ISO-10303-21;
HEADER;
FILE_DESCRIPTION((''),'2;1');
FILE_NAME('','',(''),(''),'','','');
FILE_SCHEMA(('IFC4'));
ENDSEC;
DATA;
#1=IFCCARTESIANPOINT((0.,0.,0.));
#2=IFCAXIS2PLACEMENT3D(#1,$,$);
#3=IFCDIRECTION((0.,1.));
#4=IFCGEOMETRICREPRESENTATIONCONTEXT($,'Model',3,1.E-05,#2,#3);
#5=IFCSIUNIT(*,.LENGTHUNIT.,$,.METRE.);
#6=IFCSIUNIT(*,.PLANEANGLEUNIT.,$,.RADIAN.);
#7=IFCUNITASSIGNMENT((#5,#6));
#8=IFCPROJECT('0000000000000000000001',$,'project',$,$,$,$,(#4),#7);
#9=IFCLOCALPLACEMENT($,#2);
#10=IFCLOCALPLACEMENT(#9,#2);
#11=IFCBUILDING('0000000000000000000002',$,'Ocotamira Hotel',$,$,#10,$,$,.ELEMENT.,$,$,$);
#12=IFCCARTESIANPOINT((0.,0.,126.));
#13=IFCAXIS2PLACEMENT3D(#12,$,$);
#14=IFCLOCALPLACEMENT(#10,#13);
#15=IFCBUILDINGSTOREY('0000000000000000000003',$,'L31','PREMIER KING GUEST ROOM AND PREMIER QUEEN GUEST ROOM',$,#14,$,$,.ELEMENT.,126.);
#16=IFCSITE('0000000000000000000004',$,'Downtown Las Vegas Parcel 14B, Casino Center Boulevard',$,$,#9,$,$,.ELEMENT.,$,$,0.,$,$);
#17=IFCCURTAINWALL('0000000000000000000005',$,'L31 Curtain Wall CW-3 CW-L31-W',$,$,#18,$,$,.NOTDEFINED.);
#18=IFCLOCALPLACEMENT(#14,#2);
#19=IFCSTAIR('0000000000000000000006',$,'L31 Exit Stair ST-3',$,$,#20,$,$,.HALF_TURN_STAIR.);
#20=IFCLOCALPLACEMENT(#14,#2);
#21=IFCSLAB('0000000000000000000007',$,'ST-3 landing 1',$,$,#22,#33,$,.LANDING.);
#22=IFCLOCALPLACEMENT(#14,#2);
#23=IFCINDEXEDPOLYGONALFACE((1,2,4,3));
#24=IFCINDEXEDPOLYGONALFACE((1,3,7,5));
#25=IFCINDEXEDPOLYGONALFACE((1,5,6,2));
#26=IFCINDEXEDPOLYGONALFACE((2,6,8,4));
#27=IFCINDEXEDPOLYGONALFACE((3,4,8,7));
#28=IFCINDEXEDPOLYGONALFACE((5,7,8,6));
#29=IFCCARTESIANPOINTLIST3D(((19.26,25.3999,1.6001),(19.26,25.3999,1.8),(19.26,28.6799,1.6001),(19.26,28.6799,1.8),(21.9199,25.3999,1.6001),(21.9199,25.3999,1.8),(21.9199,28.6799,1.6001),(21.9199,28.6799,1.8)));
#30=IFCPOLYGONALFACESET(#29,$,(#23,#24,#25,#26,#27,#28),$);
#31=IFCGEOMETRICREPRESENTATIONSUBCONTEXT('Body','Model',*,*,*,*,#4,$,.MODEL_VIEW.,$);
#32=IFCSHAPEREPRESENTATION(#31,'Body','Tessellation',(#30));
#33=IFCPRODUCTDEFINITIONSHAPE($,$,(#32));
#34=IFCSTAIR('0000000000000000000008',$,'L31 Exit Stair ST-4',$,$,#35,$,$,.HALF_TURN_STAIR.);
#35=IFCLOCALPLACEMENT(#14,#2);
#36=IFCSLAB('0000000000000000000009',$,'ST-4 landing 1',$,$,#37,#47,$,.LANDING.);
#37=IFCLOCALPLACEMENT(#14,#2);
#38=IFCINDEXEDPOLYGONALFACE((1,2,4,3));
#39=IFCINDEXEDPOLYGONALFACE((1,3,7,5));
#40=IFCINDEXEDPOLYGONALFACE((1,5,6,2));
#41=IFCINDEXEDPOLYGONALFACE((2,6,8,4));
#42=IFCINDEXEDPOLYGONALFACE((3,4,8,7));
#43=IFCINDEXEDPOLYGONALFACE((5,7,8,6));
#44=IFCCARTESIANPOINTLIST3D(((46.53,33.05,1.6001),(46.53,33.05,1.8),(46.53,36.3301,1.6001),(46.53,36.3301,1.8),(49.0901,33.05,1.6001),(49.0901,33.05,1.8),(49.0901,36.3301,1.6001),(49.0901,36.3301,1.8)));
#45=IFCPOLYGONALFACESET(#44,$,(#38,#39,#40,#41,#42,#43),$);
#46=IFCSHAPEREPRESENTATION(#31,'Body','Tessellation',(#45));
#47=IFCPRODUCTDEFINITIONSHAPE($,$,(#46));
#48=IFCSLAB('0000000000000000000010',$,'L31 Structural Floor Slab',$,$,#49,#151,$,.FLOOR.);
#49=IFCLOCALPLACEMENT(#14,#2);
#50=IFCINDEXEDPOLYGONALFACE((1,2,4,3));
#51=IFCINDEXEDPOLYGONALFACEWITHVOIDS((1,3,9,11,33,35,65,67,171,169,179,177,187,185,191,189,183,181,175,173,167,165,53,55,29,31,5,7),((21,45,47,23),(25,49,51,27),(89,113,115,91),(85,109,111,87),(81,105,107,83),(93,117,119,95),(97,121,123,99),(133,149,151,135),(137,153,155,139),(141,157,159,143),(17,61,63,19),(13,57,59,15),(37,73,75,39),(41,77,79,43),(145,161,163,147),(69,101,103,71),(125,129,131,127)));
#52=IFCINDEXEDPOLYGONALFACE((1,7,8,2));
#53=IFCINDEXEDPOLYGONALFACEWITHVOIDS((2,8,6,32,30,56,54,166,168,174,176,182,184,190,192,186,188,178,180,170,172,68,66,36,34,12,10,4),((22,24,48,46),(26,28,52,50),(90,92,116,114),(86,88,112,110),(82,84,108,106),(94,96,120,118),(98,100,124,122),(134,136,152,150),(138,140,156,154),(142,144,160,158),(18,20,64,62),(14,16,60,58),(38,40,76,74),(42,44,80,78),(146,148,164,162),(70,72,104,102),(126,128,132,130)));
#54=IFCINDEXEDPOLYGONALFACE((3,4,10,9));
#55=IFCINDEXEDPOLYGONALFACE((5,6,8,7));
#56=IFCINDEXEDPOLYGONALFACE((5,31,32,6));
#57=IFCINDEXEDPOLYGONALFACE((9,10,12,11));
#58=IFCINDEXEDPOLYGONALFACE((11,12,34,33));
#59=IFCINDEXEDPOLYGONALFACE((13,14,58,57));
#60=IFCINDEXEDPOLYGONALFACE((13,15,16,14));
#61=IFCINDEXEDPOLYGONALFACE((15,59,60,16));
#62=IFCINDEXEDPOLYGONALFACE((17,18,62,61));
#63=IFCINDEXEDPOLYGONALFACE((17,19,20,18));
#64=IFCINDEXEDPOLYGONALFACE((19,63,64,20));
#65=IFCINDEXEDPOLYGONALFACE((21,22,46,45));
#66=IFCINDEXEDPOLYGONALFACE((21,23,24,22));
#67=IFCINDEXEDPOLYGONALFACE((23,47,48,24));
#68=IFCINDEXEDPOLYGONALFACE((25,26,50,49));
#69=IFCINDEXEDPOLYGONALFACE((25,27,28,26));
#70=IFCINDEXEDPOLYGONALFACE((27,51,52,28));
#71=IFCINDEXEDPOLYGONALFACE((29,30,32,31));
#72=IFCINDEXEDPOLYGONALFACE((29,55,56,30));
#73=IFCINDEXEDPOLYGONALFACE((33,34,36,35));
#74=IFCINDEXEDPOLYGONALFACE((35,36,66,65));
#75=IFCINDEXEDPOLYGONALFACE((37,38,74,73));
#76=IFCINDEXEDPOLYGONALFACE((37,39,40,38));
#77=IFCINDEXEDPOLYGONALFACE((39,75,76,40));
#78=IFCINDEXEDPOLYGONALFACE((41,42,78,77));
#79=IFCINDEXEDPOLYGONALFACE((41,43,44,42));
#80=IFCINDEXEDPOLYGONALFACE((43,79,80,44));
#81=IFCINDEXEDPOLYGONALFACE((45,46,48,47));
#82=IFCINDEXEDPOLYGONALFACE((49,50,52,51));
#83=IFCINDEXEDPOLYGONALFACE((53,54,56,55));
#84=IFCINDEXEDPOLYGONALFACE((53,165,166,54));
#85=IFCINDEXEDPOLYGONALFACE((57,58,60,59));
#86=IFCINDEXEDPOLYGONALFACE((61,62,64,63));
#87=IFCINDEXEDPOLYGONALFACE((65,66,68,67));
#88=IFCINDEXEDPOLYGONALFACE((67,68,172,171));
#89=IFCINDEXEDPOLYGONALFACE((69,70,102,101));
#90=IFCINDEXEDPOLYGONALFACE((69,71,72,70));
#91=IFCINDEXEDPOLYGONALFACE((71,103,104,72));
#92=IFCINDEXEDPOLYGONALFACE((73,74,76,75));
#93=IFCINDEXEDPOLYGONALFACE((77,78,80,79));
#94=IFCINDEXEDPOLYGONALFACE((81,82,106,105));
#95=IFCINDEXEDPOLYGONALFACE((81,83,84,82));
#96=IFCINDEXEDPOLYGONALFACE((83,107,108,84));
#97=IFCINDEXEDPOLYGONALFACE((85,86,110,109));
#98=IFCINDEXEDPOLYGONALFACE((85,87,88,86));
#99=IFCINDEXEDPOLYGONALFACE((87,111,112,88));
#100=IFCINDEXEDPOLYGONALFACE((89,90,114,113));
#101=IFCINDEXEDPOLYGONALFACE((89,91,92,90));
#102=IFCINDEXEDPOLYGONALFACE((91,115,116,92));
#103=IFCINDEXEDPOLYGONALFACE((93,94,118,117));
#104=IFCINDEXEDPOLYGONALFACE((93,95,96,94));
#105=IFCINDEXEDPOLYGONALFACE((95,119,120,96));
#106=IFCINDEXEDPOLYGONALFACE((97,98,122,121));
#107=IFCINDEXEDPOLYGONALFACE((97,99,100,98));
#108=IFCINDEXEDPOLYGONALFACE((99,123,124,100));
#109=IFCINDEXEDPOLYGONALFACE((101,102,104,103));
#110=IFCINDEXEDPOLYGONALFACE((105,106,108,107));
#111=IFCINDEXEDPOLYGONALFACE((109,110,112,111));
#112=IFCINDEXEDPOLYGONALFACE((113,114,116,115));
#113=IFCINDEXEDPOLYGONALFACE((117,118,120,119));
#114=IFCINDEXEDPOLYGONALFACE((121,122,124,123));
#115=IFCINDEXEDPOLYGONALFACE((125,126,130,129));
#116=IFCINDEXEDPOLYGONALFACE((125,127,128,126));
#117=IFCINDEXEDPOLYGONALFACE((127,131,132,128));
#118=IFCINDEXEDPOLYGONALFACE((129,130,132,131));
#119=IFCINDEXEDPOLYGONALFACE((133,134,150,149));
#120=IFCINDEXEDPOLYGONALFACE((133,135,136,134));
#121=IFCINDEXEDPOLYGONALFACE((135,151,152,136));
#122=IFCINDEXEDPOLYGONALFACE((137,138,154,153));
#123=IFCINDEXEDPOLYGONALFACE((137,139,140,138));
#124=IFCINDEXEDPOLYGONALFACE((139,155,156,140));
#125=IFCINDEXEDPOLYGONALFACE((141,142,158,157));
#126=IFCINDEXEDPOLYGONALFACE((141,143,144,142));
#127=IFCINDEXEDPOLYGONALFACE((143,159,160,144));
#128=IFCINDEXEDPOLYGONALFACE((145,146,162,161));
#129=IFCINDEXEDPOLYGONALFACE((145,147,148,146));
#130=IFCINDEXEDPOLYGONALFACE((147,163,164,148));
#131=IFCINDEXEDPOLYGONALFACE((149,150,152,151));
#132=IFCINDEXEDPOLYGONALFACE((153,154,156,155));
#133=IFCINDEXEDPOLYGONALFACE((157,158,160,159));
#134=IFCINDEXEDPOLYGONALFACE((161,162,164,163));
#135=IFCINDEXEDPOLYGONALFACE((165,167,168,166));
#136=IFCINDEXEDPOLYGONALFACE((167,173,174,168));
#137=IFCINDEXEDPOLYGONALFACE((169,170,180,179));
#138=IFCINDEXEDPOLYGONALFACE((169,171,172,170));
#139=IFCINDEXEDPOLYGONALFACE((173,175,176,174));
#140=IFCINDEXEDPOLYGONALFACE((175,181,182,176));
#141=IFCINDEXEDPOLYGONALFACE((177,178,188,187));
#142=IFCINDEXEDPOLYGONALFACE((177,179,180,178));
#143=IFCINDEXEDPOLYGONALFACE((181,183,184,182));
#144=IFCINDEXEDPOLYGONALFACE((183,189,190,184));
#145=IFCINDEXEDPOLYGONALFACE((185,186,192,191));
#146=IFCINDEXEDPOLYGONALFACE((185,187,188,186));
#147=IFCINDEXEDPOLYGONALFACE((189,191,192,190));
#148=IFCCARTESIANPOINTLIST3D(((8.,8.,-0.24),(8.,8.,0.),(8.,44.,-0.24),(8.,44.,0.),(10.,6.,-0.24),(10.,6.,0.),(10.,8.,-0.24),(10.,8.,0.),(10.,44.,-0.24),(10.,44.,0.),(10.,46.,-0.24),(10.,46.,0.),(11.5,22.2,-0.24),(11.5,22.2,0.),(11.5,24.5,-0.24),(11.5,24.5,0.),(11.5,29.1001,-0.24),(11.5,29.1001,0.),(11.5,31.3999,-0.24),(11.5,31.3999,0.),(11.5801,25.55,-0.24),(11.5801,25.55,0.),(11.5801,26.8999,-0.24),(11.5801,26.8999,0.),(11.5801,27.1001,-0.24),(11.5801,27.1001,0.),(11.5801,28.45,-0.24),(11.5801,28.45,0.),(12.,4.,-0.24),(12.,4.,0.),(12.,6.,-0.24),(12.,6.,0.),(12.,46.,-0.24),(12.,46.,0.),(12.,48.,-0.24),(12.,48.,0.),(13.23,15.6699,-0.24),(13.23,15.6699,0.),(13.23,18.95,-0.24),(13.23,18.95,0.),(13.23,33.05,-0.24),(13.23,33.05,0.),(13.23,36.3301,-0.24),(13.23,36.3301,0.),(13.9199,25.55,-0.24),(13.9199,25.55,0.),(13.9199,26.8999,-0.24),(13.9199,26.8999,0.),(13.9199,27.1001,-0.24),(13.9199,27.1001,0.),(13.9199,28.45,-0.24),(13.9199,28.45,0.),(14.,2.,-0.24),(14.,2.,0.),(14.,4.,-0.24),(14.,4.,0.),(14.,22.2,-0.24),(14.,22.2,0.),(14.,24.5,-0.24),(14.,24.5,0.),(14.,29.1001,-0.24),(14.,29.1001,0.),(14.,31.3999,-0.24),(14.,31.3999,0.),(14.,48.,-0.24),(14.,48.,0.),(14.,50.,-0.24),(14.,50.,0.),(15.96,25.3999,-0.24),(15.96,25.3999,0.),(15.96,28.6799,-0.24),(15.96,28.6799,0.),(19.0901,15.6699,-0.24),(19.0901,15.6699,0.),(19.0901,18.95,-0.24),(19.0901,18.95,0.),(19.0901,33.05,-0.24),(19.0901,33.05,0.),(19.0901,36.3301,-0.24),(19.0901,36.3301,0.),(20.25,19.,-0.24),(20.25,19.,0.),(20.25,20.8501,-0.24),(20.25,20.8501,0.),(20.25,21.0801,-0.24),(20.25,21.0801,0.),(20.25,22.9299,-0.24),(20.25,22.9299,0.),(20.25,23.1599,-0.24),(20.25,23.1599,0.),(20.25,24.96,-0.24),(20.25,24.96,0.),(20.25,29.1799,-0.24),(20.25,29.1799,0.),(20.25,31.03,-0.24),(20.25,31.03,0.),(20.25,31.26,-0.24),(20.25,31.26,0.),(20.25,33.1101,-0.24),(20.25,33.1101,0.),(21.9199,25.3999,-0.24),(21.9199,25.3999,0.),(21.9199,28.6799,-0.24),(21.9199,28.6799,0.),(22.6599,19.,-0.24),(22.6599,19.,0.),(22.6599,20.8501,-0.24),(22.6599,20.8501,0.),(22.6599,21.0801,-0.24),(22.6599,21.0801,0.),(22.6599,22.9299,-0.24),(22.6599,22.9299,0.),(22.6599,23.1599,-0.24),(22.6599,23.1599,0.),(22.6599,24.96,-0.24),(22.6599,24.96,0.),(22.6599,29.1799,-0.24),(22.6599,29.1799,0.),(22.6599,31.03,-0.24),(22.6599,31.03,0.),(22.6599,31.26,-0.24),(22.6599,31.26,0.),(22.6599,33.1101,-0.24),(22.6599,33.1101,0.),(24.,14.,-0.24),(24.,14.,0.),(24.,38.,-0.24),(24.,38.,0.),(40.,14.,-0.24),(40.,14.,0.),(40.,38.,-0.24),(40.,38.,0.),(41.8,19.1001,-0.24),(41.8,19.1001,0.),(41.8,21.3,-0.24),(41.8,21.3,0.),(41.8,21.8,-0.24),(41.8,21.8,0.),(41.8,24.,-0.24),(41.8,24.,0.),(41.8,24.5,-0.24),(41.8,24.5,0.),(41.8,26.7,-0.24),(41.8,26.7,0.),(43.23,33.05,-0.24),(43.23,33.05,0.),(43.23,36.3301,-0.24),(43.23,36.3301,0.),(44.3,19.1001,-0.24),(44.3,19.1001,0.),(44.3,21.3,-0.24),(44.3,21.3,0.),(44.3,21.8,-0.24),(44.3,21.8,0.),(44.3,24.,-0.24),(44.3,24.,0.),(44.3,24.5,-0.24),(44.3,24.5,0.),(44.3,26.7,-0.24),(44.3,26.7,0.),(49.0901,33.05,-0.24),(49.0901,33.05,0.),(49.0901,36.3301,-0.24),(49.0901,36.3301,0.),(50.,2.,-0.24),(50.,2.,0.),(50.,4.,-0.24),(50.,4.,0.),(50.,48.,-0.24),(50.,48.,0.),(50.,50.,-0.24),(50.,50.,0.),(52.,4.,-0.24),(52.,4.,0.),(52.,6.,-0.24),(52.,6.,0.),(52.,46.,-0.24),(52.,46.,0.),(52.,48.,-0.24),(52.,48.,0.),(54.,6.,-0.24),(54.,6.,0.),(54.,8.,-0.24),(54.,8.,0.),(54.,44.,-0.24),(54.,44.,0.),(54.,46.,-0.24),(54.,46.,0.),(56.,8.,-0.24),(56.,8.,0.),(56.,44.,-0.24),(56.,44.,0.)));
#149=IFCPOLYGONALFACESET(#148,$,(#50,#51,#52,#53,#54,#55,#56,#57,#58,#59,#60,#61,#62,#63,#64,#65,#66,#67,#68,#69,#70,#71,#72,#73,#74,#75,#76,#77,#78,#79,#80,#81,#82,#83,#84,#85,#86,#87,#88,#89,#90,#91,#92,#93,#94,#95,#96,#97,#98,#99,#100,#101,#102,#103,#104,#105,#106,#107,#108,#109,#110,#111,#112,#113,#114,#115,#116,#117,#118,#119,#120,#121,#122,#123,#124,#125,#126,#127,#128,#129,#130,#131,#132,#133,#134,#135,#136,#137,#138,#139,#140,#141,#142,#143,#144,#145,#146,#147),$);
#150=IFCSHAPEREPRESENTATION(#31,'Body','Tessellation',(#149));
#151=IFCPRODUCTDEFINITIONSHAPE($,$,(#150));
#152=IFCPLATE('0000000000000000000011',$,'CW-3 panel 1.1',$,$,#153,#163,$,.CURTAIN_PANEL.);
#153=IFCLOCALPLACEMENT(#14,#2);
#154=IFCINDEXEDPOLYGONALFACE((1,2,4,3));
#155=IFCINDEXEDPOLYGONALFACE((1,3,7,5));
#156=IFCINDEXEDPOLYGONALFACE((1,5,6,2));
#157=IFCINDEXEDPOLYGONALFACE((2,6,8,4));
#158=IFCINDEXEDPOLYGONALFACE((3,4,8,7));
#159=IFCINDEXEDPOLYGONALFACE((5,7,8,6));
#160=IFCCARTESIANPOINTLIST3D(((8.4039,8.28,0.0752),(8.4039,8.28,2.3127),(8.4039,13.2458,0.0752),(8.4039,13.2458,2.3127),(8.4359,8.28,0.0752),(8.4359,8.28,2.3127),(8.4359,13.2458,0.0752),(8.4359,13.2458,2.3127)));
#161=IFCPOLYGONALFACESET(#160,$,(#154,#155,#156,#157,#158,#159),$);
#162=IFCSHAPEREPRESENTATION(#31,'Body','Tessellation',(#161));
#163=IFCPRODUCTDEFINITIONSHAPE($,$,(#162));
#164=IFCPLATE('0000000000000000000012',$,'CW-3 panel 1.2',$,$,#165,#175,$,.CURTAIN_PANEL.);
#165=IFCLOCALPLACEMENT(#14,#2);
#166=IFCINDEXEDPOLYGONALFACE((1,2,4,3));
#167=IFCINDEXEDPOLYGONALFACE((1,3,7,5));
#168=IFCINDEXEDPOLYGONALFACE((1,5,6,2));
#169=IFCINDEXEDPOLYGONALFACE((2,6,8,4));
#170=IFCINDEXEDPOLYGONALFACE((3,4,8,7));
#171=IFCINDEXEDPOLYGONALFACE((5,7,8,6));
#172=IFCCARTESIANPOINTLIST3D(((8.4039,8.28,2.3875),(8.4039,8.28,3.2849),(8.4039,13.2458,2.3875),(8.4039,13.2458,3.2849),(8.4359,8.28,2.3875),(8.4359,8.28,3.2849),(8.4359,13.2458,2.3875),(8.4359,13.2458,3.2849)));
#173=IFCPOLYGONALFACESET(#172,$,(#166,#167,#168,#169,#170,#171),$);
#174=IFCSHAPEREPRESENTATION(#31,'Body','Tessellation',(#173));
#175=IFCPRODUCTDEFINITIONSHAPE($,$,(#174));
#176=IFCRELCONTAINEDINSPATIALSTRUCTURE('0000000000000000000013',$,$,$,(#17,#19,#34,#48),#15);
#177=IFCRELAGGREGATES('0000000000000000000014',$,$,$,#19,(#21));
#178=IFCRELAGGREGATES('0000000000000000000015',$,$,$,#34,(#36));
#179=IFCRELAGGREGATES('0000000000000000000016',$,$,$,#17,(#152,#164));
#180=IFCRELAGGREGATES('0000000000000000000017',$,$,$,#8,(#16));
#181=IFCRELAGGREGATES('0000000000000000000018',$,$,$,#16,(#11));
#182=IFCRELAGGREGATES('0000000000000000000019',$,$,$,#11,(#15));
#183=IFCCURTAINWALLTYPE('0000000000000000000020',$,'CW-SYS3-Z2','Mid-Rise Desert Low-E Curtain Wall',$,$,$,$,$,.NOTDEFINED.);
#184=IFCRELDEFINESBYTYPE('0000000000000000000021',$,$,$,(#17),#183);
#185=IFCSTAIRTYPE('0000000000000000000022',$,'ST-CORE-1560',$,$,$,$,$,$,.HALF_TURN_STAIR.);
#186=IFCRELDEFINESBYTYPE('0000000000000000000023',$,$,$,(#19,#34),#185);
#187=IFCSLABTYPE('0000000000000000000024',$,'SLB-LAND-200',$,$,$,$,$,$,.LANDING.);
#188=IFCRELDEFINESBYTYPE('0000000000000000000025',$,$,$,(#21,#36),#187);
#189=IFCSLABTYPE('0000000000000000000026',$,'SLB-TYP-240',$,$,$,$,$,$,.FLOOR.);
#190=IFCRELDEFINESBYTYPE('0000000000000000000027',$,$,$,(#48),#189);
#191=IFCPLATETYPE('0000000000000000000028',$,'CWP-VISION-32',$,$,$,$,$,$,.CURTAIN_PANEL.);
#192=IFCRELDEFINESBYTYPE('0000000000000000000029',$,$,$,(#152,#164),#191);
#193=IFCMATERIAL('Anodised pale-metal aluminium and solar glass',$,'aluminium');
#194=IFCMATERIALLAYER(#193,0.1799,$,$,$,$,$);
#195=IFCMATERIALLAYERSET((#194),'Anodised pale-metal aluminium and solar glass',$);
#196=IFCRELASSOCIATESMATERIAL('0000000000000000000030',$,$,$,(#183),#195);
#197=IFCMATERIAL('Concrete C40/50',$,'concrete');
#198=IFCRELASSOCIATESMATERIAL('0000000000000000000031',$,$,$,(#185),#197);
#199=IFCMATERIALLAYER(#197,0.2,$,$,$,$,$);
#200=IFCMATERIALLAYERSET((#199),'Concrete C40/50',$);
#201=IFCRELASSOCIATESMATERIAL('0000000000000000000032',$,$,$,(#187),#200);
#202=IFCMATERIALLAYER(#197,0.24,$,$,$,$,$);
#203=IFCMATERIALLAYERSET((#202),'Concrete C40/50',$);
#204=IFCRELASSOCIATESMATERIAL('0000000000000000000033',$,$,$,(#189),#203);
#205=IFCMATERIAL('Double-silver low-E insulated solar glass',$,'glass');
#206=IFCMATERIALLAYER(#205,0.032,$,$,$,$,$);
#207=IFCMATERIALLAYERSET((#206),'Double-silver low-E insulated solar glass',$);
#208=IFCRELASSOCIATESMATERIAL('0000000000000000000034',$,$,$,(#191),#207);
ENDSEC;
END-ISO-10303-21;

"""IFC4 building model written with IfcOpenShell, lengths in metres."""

from ifc_helpers import new_model, si_unit, direction, frame, origin, origin_2d, place, context, subcontext, project, spatial, polyline, rectangle, outline, extrude, source, transform, mapped, material, layer, layer_set, type_object, element, aggregate, save


model = new_model("IFC4")

# Units and contexts
model_context = context("Model", 3, precision=1e-05, world=origin(), true_north=direction((0.0, 1.0)))
body_context = subcontext(model_context, "Body", "Model", "MODEL_VIEW")
ifc_project = project(units=[si_unit("LENGTHUNIT", "METRE"), si_unit("PLANEANGLEUNIT", "RADIAN")], contexts=[model_context])

# Site, building, storey
site_placement = place(None, origin())
site = spatial("IfcSite", under=ifc_project, at=site_placement, Name="Downtown Las Vegas Parcel 14B, Casino Center Boulevard", CompositionType="ELEMENT", RefElevation=0.0)
building_placement = place(site_placement, origin())
building = spatial("IfcBuilding", under=site, at=building_placement, Name="Ocotamira Hotel", CompositionType="ELEMENT")
storey_placement = place(building_placement, frame((0.0, 0.0, 126.0)))
storey = spatial("IfcBuildingStorey", under=building, at=storey_placement, Name="L31", Description="PREMIER KING GUEST ROOM AND PREMIER QUEEN GUEST ROOM", CompositionType="ELEMENT", Elevation=126.0)

# Curtain wall
ifc_material_1 = material(Name="Anodised pale-metal aluminium and solar glass", Category="aluminium")
ifc_layer_1 = layer(ifc_material_1, 0.1799)
ifc_layer_set_1 = layer_set([ifc_layer_1], Name="Anodised pale-metal aluminium and solar glass")
curtain_wall_type = type_object("IfcCurtainWallType", Name="CW-SYS3-Z2", Description="Mid-Rise Desert Low-E Curtain Wall", PredefinedType="NOTDEFINED", material=ifc_layer_set_1)
curtain_wall_placement = place(storey_placement, origin())
curtain_wall = element("IfcCurtainWall", 1, at=curtain_wall_placement, inside=storey, type_object=curtain_wall_type, Name="L31 Curtain Wall CW-3 CW-L31-W", PredefinedType="NOTDEFINED")

# Stairs, slabs
ifc_material_2 = material(Name="Concrete C40/50", Category="concrete")
stair_type = type_object("IfcStairType", Name="ST-CORE-1560", PredefinedType="HALF_TURN_STAIR", material=ifc_material_2)
ifc_layer_2 = layer(ifc_material_2, 0.2)
ifc_layer_set_2 = layer_set([ifc_layer_2], Name="Concrete C40/50")
slab_type_1 = type_object("IfcSlabType", Name="SLB-LAND-200", PredefinedType="LANDING", material=ifc_layer_set_2)
stair_1_placement = place(storey_placement, origin())
stair_1 = element("IfcStair", 2, at=stair_1_placement, inside=storey, type_object=stair_type, Name="L31 Exit Stair ST-3", PredefinedType="HALF_TURN_STAIR")
slab_1_placement = place(storey_placement, frame((0.0, 0.0, 1.6001)))
slab_1 = element("IfcSlab", 3, at=slab_1_placement, type_object=slab_type_1, Name="ST-3 landing 1", PredefinedType="LANDING", context=body_context, shape_type="SweptSolid", body=[
    extrude(outline(polyline([(19.26, 25.3999), (21.9199, 25.3999), (21.9199, 28.6799), (19.26, 28.6799), (19.26, 25.3999)])), origin(), (0.0, 0.0, 1.0), 0.2),
])
aggregate(stair_1, [slab_1])
stair_2_placement = place(storey_placement, origin())
stair_2 = element("IfcStair", 4, at=stair_2_placement, inside=storey, type_object=stair_type, Name="L31 Exit Stair ST-4", PredefinedType="HALF_TURN_STAIR")
slab_2_placement = place(storey_placement, frame((0.0, 0.0, 1.6001)))
slab_2 = element("IfcSlab", 5, at=slab_2_placement, type_object=slab_type_1, Name="ST-4 landing 1", PredefinedType="LANDING", context=body_context, shape_type="SweptSolid", body=[
    extrude(outline(polyline([(46.53, 33.05), (49.0901, 33.05), (49.0901, 36.3301), (46.53, 36.3301), (46.53, 33.05)])), origin(), (0.0, 0.0, 1.0), 0.2),
])
aggregate(stair_2, [slab_2])

# Slab
ifc_layer_3 = layer(ifc_material_2, 0.24)
ifc_layer_set_3 = layer_set([ifc_layer_3], Name="Concrete C40/50")
slab_type_2 = type_object("IfcSlabType", Name="SLB-TYP-240", PredefinedType="FLOOR", material=ifc_layer_set_3)
slab_3_placement = place(storey_placement, frame((0.0, 0.0, -0.24)))
element("IfcSlab", 6, at=slab_3_placement, inside=storey, type_object=slab_type_2, Name="L31 Structural Floor Slab", PredefinedType="FLOOR", context=body_context, shape_type="SweptSolid", body=[
    extrude(outline(polyline([(14.0, 2.0), (50.0, 2.0), (50.0, 4.0), (52.0, 4.0), (52.0, 6.0), (54.0, 6.0), (54.0, 8.0), (56.0, 8.0), (56.0, 44.0), (54.0, 44.0), (54.0, 46.0), (52.0, 46.0), (52.0, 48.0), (50.0, 48.0), (50.0, 50.0), (14.0, 50.0), (14.0, 48.0), (12.0, 48.0), (12.0, 46.0), (10.0, 46.0), (10.0, 44.0), (8.0, 44.0), (8.0, 8.0), (10.0, 8.0), (10.0, 6.0), (12.0, 6.0), (12.0, 4.0), (14.0, 4.0), (14.0, 2.0)]), holes=[polyline([(24.0, 14.0), (40.0, 14.0), (40.0, 38.0), (24.0, 38.0), (24.0, 14.0)]), polyline([(13.23, 15.6699), (19.0901, 15.6699), (19.0901, 18.95), (13.23, 18.95), (13.23, 15.6699)]), polyline([(13.23, 33.05), (19.0901, 33.05), (19.0901, 36.3301), (13.23, 36.3301), (13.23, 33.05)]), polyline([(15.96, 25.3999), (21.9199, 25.3999), (21.9199, 28.6799), (15.96, 28.6799), (15.96, 25.3999)]), polyline([(43.23, 33.05), (49.0901, 33.05), (49.0901, 36.3301), (43.23, 36.3301), (43.23, 33.05)]), polyline([(41.8, 19.1001), (44.3, 19.1001), (44.3, 21.3), (41.8, 21.3), (41.8, 19.1001)]), polyline([(41.8, 21.8), (44.3, 21.8), (44.3, 24.0), (41.8, 24.0), (41.8, 21.8)]), polyline([(41.8, 24.5), (44.3, 24.5), (44.3, 26.7), (41.8, 26.7), (41.8, 24.5)]), polyline([(20.25, 19.0), (22.6599, 19.0), (22.6599, 20.8501), (20.25, 20.8501), (20.25, 19.0)]), polyline([(20.25, 21.0801), (22.6599, 21.0801), (22.6599, 22.9299), (20.25, 22.9299), (20.25, 21.0801)]), polyline([(20.25, 23.1599), (22.6599, 23.1599), (22.6599, 24.96), (20.25, 24.96), (20.25, 23.1599)]), polyline([(20.25, 29.1799), (22.6599, 29.1799), (22.6599, 31.03), (20.25, 31.03), (20.25, 29.1799)]), polyline([(20.25, 31.26), (22.6599, 31.26), (22.6599, 33.1101), (20.25, 33.1101), (20.25, 31.26)]), polyline([(11.5, 22.2), (14.0, 22.2), (14.0, 24.5), (11.5, 24.5), (11.5, 22.2)]), polyline([(11.5, 29.1001), (14.0, 29.1001), (14.0, 31.3999), (11.5, 31.3999), (11.5, 29.1001)]), polyline([(11.5801, 25.55), (13.9199, 25.55), (13.9199, 26.8999), (11.5801, 26.8999), (11.5801, 25.55)]), polyline([(11.5801, 27.1001), (13.9199, 27.1001), (13.9199, 28.45), (11.5801, 28.45), (11.5801, 27.1001)])]), origin(), (0.0, 0.0, 1.0), 0.24),
])

# Plates
ifc_material_3 = material(Name="Double-silver low-E insulated solar glass", Category="glass")
ifc_layer_4 = layer(ifc_material_3, 0.032)
ifc_layer_set_4 = layer_set([ifc_layer_4], Name="Double-silver low-E insulated solar glass")
plate_type = type_object("IfcPlateType", Name="CWP-VISION-32", PredefinedType="CURTAIN_PANEL", material=ifc_layer_set_4)
shared_shape_1 = source(origin(), body_context, "Body", "SweptSolid", [
    extrude(rectangle(XDim=4.9658, YDim=0.032, at=origin_2d()), origin(), (0.0, 0.0, 1.0), 2.2375),
])
plate_1_placement = place(storey_placement, frame((8.4199, 10.7629, 0.0752), z_axis=(0.0, 0.0, 1.0), x_axis=(0.0, 1.0, 0.0)))
plate_1 = element("IfcPlate", 7, at=plate_1_placement, type_object=plate_type, Name="CW-3 panel 1.1", PredefinedType="CURTAIN_PANEL", context=body_context, shape_type="MappedRepresentation", body=[
    mapped(shared_shape_1, transform((0.0, 0.0, 0.0), scale=1.0)),
])
shared_shape_2 = source(origin(), body_context, "Body", "SweptSolid", [
    extrude(rectangle(XDim=4.9658, YDim=0.032, at=origin_2d()), origin(), (0.0, 0.0, 1.0), 0.8975),
])
plate_2_placement = place(storey_placement, frame((8.4199, 10.7629, 2.3875), z_axis=(0.0, 0.0, 1.0), x_axis=(0.0, 1.0, 0.0)))
plate_2 = element("IfcPlate", 8, at=plate_2_placement, type_object=plate_type, Name="CW-3 panel 1.2", PredefinedType="CURTAIN_PANEL", context=body_context, shape_type="MappedRepresentation", body=[
    mapped(shared_shape_2, transform((0.0, 0.0, 0.0), scale=1.0)),
])
aggregate(curtain_wall, [plate_1, plate_2])

save(model, "model.ifc")
